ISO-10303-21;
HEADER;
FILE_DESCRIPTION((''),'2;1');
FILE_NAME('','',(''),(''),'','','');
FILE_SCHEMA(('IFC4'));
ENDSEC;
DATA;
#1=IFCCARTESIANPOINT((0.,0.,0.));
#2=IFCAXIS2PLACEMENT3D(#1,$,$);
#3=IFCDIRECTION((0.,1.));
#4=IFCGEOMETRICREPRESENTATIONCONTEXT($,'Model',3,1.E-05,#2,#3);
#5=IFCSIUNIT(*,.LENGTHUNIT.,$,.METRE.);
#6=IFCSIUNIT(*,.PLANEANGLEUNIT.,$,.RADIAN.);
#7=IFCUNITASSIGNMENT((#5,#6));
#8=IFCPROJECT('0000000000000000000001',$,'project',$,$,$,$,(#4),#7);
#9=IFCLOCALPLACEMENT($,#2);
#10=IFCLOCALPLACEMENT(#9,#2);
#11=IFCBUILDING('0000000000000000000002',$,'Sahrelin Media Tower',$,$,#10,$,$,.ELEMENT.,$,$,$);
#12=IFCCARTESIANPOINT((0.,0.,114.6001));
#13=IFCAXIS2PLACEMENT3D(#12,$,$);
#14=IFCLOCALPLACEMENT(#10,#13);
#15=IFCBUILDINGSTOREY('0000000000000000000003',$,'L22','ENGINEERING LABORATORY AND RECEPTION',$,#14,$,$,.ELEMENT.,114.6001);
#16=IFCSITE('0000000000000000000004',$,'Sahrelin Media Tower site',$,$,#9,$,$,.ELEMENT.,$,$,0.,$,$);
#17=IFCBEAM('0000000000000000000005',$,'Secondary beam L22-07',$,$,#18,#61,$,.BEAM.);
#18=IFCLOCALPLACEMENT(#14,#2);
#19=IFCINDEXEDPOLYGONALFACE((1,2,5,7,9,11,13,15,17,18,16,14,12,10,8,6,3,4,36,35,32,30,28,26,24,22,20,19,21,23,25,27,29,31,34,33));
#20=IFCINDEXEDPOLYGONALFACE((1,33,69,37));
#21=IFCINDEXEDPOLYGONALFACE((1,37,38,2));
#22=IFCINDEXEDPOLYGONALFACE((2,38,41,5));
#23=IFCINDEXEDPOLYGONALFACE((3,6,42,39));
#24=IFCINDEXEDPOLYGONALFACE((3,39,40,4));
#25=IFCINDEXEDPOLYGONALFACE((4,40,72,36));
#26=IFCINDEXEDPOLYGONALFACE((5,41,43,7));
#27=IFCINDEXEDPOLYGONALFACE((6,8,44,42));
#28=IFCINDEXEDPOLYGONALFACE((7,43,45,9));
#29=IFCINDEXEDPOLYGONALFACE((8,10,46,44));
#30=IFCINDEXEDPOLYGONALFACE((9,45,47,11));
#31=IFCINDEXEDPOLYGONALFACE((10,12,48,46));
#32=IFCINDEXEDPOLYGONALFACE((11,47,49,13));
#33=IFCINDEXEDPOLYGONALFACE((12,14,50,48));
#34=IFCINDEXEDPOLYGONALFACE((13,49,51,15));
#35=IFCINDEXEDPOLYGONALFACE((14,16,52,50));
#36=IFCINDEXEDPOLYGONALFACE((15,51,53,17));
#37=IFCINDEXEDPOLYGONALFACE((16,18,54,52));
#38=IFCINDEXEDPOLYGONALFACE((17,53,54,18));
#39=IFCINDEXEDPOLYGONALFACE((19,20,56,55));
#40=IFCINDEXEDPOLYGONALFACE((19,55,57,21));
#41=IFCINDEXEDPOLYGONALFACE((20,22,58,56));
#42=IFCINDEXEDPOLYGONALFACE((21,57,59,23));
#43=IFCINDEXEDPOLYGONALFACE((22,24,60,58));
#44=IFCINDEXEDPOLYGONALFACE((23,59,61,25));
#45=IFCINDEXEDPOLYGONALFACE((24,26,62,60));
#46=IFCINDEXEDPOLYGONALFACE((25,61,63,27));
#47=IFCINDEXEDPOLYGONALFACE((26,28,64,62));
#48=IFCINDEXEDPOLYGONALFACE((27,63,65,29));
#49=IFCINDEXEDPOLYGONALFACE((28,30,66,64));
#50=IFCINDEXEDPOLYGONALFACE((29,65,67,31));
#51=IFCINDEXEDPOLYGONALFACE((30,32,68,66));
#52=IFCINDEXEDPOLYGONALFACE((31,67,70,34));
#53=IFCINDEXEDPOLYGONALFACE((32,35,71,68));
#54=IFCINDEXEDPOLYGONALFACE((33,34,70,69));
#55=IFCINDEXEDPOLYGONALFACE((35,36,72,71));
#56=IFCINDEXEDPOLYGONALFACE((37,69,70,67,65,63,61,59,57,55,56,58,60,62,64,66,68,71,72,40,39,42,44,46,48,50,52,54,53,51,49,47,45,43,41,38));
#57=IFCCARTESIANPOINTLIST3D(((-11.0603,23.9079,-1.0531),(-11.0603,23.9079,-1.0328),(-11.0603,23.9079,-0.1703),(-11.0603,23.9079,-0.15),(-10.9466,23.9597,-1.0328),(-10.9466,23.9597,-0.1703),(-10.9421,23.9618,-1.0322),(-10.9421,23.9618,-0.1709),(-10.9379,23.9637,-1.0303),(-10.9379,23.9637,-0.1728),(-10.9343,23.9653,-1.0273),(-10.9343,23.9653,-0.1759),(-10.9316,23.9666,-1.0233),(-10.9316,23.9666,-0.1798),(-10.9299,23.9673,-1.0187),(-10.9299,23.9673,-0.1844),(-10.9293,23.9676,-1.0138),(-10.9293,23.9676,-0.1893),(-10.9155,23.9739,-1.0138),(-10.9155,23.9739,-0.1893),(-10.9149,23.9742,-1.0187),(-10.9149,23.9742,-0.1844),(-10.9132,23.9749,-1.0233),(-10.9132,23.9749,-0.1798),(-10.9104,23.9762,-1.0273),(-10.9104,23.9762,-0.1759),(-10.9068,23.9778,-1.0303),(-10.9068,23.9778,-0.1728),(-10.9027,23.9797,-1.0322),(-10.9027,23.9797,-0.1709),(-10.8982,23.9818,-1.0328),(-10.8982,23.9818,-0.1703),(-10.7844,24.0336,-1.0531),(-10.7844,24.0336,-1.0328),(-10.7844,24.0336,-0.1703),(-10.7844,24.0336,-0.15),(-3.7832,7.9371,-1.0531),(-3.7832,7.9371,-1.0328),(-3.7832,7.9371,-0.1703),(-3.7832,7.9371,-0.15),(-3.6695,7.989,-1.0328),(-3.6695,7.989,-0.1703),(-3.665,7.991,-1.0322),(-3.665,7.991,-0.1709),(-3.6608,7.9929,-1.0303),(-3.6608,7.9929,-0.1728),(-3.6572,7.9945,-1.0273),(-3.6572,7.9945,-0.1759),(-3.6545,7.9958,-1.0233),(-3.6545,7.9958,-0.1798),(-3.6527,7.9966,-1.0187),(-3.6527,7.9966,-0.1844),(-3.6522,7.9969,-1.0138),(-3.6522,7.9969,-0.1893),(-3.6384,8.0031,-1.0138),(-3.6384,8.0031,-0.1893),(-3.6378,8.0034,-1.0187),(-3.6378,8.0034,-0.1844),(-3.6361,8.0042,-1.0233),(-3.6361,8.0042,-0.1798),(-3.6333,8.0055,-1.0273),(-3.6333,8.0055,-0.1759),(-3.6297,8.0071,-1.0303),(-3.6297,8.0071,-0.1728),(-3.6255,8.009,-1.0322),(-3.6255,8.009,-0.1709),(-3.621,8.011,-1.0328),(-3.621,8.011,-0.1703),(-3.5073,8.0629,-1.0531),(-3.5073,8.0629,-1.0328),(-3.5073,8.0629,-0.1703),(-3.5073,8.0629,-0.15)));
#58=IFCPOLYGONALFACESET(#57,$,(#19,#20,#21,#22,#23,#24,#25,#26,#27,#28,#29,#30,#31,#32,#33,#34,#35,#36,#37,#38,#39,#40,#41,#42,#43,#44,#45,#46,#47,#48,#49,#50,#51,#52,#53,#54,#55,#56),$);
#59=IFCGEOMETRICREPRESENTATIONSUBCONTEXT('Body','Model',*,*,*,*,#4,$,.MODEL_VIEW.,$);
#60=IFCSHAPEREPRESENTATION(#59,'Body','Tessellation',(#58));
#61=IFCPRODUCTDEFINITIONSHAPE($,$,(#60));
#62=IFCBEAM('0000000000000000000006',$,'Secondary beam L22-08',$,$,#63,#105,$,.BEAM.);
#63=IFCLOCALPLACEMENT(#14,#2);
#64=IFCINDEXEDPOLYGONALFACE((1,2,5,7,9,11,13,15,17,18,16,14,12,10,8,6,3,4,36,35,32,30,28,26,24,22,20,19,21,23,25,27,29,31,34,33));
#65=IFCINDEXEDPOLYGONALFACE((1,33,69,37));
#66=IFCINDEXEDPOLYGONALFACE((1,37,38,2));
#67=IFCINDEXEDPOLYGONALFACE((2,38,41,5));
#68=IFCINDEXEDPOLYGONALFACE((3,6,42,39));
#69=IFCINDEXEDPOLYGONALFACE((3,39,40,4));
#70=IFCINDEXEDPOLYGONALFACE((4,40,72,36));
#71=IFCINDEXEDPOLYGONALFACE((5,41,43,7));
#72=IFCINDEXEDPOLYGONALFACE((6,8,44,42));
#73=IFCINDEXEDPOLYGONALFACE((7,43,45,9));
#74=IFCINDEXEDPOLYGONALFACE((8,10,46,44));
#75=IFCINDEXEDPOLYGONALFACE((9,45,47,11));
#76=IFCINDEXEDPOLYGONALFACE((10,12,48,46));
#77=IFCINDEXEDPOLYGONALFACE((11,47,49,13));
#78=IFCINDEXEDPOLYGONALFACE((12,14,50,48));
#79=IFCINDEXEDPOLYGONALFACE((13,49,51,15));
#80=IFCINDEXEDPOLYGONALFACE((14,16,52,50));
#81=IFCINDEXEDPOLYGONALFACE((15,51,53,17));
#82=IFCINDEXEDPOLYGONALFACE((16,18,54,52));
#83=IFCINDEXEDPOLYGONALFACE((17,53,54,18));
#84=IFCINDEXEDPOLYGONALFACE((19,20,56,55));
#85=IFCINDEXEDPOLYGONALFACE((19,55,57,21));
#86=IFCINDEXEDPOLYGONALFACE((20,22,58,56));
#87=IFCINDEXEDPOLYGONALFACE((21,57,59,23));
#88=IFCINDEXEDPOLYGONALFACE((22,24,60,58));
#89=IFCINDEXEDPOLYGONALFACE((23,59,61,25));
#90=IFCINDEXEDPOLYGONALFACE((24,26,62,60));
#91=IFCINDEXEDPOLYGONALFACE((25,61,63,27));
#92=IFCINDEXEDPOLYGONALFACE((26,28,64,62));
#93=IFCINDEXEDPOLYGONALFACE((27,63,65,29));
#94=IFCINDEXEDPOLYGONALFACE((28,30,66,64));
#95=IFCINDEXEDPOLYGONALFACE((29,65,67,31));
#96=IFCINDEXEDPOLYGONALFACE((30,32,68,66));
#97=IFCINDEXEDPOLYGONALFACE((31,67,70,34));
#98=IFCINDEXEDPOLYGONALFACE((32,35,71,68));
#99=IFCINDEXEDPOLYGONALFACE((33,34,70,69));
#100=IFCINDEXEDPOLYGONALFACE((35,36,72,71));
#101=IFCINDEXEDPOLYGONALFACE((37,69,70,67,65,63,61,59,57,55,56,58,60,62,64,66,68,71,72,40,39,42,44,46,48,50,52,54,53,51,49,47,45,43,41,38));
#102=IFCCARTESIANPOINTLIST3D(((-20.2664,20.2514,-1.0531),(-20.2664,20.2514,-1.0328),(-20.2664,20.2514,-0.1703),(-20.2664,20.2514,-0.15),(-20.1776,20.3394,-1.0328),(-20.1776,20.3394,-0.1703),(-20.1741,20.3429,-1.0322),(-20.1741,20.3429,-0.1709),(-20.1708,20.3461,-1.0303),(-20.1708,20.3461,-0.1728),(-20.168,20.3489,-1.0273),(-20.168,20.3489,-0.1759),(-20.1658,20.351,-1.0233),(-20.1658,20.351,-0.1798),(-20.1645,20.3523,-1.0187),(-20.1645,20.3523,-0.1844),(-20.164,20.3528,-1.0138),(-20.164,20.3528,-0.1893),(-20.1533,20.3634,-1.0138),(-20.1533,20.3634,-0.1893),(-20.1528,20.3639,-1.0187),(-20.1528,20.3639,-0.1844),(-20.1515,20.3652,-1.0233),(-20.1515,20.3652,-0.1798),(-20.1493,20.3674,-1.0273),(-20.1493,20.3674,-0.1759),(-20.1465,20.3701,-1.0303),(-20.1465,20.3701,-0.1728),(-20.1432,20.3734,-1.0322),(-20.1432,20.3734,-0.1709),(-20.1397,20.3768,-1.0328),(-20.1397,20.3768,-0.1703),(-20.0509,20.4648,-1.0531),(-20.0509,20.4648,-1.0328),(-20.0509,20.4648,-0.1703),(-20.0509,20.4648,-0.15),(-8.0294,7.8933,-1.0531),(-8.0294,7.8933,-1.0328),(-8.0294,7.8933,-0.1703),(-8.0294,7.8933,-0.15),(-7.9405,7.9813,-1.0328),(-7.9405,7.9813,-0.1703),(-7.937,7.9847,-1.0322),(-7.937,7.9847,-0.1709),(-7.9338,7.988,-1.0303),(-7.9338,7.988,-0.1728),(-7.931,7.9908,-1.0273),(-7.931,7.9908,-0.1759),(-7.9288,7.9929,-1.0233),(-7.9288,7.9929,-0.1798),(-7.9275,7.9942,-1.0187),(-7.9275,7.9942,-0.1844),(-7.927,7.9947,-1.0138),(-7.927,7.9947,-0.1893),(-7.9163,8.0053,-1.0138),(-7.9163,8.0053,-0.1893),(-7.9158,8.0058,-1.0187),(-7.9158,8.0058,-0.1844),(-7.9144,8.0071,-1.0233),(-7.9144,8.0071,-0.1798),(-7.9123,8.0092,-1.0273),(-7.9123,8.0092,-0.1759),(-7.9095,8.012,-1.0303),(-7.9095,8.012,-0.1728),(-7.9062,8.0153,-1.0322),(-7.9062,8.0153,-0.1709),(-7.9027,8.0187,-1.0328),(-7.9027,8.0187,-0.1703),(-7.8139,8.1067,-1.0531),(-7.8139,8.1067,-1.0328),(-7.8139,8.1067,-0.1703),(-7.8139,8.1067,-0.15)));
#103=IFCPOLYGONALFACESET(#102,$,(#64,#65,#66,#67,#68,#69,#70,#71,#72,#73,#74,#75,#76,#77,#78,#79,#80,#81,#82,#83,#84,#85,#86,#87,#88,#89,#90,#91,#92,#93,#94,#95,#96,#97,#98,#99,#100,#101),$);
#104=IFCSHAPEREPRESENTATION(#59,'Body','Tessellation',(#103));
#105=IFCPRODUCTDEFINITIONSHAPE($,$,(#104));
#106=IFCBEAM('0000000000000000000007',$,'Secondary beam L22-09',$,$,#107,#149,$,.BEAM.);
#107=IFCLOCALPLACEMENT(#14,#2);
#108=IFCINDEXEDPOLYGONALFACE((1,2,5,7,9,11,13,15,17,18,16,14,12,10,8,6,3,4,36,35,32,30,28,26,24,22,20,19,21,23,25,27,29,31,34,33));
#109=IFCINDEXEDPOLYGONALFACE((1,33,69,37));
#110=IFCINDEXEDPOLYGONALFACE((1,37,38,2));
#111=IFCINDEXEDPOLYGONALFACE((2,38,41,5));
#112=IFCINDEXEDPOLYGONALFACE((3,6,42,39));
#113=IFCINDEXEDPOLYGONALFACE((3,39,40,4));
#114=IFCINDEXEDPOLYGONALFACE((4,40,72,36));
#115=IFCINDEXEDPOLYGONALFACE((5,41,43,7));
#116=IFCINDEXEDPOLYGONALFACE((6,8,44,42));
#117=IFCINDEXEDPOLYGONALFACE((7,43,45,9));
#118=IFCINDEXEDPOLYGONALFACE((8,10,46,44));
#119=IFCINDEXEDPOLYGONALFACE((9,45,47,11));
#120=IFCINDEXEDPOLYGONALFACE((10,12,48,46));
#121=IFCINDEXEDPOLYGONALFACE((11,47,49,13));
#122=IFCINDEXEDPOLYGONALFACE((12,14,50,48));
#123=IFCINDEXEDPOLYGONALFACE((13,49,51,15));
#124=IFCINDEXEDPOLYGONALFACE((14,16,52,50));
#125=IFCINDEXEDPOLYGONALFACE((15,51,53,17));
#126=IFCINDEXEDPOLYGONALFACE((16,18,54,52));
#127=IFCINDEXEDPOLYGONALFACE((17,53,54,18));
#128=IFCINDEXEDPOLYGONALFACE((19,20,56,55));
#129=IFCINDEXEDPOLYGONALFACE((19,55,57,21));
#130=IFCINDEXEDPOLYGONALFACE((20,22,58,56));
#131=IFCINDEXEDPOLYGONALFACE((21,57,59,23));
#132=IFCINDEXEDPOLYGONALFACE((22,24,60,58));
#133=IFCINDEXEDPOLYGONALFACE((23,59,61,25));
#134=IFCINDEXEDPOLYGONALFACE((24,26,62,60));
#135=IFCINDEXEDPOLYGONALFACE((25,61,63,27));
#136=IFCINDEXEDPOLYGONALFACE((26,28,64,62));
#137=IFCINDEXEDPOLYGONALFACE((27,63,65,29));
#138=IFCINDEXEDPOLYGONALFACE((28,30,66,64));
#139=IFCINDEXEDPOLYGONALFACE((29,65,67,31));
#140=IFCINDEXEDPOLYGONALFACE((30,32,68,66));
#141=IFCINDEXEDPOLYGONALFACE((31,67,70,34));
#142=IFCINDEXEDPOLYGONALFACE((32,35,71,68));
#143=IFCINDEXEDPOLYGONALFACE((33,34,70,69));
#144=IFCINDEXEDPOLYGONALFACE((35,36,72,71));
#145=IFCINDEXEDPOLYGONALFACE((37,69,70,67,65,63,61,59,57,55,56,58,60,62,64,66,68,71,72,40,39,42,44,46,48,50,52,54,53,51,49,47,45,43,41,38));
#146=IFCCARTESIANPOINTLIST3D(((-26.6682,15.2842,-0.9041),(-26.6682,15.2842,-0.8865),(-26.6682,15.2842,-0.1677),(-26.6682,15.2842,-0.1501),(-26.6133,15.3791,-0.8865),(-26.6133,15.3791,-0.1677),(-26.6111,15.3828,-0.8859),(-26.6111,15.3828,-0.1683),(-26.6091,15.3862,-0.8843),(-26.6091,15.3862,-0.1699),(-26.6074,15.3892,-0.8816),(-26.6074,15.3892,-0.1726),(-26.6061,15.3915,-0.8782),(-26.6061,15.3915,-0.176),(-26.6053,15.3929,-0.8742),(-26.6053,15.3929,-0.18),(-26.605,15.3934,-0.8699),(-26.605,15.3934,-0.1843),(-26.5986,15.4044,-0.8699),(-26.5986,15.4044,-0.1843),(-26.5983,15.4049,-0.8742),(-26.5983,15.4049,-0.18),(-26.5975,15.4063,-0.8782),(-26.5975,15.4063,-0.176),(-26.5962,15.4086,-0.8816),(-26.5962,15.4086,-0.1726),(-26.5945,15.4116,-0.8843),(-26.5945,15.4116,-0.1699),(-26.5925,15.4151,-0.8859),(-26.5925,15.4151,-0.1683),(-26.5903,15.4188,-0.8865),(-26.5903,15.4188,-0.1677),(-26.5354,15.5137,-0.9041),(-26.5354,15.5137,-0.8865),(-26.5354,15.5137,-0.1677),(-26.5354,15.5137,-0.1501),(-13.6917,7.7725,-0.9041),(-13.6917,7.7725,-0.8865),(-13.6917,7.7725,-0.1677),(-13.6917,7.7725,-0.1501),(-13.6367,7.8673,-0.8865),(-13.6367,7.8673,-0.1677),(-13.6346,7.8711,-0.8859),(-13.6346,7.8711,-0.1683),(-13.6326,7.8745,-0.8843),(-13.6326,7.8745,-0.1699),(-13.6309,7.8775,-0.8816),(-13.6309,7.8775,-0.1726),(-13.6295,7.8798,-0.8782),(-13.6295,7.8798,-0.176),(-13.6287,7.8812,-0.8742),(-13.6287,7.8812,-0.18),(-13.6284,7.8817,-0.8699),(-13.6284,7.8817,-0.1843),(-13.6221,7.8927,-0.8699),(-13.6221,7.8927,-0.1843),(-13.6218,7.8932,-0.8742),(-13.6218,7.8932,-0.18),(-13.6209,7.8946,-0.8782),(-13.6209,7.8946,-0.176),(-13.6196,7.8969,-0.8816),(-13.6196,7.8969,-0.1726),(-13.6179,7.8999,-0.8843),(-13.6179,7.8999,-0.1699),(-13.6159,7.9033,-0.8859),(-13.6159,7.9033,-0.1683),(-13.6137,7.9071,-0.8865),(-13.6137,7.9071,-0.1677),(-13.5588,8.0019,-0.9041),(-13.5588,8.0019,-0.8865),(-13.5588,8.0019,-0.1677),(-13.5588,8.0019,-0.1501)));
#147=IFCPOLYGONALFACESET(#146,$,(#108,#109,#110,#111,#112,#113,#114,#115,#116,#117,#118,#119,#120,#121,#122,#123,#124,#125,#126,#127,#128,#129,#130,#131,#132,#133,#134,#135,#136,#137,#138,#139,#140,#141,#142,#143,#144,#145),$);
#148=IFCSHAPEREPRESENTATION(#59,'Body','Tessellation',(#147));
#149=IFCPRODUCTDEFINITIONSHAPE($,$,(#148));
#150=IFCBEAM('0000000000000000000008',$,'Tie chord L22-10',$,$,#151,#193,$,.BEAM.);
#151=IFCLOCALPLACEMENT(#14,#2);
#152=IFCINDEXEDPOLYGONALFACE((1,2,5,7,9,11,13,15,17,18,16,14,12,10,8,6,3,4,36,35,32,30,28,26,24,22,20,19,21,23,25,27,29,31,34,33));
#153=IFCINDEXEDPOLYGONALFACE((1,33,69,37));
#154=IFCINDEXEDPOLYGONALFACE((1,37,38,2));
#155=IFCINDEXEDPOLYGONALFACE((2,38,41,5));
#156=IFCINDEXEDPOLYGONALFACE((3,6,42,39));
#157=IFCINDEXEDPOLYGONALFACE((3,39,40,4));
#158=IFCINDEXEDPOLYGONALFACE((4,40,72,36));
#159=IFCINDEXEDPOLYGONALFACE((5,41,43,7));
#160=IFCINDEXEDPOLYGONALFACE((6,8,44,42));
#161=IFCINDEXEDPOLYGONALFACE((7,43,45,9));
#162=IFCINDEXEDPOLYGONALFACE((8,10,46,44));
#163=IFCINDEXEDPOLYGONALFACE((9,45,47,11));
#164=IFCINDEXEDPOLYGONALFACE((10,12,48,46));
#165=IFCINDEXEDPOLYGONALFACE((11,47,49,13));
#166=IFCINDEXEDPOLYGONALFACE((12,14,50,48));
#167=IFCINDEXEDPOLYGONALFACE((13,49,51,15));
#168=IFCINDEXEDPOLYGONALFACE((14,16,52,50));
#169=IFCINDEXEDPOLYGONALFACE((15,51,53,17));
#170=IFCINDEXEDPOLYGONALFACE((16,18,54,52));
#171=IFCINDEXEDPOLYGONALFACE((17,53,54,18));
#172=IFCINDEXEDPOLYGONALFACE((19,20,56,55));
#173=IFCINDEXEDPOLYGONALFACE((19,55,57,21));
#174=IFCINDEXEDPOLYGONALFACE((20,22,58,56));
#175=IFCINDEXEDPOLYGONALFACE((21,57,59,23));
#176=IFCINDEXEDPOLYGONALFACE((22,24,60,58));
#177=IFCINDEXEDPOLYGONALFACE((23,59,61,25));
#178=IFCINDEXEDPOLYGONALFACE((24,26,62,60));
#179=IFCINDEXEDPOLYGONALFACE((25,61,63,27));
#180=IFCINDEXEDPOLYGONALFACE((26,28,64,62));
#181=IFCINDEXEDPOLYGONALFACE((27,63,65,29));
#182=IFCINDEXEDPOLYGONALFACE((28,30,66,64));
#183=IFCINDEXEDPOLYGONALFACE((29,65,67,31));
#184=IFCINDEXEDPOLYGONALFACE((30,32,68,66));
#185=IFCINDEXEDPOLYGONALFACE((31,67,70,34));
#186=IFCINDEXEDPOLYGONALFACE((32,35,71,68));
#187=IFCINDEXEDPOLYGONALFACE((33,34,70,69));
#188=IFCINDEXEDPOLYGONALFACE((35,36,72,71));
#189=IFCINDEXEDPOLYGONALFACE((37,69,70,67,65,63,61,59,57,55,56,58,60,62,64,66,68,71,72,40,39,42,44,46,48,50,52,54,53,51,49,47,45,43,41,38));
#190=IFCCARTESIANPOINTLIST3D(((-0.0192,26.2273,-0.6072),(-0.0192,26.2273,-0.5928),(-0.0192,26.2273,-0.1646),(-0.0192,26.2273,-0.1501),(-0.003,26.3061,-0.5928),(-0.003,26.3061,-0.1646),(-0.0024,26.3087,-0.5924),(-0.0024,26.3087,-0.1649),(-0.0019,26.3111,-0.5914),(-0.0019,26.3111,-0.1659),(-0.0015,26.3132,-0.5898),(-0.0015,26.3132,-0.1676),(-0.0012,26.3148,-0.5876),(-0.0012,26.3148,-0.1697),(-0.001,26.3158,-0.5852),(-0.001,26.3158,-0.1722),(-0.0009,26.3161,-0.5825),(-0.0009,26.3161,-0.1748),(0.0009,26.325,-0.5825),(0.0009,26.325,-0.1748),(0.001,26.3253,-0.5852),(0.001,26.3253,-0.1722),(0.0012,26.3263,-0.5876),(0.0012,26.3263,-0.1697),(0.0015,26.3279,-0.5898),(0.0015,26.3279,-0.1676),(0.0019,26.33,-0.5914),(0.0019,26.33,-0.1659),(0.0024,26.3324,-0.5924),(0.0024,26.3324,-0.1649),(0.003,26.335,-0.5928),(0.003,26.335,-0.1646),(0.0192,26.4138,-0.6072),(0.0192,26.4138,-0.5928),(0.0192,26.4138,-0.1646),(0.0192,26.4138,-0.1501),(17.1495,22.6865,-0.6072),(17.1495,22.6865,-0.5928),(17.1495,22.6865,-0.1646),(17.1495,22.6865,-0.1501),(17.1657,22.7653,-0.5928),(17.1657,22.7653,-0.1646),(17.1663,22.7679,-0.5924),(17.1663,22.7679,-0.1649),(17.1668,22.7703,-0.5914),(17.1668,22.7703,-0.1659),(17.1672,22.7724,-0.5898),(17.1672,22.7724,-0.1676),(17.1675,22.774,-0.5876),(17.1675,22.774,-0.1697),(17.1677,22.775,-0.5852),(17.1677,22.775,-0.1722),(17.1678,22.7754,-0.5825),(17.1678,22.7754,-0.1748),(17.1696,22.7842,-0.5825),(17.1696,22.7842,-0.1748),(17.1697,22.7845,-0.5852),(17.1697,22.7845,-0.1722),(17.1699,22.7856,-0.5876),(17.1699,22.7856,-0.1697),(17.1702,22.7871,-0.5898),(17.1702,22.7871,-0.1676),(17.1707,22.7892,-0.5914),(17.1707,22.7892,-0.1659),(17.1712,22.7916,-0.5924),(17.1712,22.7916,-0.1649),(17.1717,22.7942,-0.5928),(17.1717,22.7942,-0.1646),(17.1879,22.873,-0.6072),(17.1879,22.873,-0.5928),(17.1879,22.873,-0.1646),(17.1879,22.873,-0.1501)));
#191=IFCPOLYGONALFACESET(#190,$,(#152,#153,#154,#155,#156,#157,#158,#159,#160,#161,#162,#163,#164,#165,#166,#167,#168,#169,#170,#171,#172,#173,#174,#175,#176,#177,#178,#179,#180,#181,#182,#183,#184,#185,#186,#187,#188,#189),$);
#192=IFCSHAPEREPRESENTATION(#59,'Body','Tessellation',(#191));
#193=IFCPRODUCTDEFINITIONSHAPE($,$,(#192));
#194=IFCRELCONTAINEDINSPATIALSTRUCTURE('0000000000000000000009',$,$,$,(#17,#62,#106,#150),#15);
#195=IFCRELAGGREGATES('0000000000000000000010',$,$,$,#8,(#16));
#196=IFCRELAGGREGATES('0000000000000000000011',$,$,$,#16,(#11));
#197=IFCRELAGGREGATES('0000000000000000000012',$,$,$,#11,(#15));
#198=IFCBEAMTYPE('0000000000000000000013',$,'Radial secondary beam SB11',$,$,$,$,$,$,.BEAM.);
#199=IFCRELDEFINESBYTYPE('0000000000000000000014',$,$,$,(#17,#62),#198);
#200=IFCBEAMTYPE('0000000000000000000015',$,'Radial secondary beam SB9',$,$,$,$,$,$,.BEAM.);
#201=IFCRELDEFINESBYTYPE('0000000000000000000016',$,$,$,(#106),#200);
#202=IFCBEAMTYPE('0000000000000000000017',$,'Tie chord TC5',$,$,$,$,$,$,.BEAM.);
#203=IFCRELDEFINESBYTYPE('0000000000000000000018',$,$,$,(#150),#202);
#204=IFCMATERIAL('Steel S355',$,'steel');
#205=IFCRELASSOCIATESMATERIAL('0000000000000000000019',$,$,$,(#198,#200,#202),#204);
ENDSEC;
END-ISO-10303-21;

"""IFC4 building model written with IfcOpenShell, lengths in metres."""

from ifc_helpers import new_model, si_unit, direction, frame, origin, origin_2d, place, context, subcontext, project, spatial, i_section, extrude, material, material_profile, profile_set, type_object, element, save


model = new_model("IFC4")

# Units and contexts
model_context = context("Model", 3, precision=1e-05, world=origin(), true_north=direction((0.0, 1.0)))
body_context = subcontext(model_context, "Body", "Model", "MODEL_VIEW")
ifc_project = project(units=[si_unit("LENGTHUNIT", "METRE"), si_unit("PLANEANGLEUNIT", "RADIAN")], contexts=[model_context])

# Site, building, storey
site_placement = place(None, origin())
site = spatial("IfcSite", under=ifc_project, at=site_placement, Name="Sahrelin Media Tower site", CompositionType="ELEMENT", RefElevation=0.0)
building_placement = place(site_placement, origin())
building = spatial("IfcBuilding", under=site, at=building_placement, Name="Sahrelin Media Tower", CompositionType="ELEMENT")
storey_placement = place(building_placement, frame((0.0, 0.0, 114.6001)))
storey = spatial("IfcBuildingStorey", under=building, at=storey_placement, Name="L22", Description="ENGINEERING LABORATORY AND RECEPTION", CompositionType="ELEMENT", Elevation=114.6001)

# Shared definitions
ifc_material_1 = material(Name="Steel S355", Category="steel")

# Beams
ifc_material_profile_1 = material_profile(ifc_material_1, i_section(OverallWidth=0.3032, OverallDepth=0.9031, WebThickness=0.0151, FlangeThickness=0.0203, FilletRadius=0.019, at=origin_2d()), Name="UB 914x305x201")
ifc_profile_set_1 = profile_set([ifc_material_profile_1], Name="Steel S355")
beam_type_1 = type_object("IfcBeamType", Name="Radial secondary beam SB11", PredefinedType="BEAM", material=ifc_profile_set_1)
beam_1_placement = place(storey_placement, frame((-3.6453, 8.0, -0.6016), z_axis=(-0.414638, 0.909986, 0.0), x_axis=(-0.909986, -0.414638, 0.0)))
element("IfcBeam", 1, at=beam_1_placement, inside=storey, type_object=beam_type_1, Name="Secondary beam L22-07", PredefinedType="BEAM", context=body_context, shape_type="SweptSolid", body=[
    extrude(i_section(OverallWidth=0.3032, OverallDepth=0.9031, WebThickness=0.0151, FlangeThickness=0.0203, FilletRadius=0.019, at=origin_2d()), origin(), (0.0, 0.0, 1.0), 17.5505),
])
beam_2_placement = place(storey_placement, frame((-7.9216, 8.0, -0.6016), z_axis=(-0.703617, 0.71058, 0.0), x_axis=(-0.71058, -0.703617, 0.0)))
element("IfcBeam", 2, at=beam_2_placement, inside=storey, type_object=beam_type_1, Name="Secondary beam L22-08", PredefinedType="BEAM", context=body_context, shape_type="SweptSolid", body=[
    extrude(i_section(OverallWidth=0.3032, OverallDepth=0.9031, WebThickness=0.0151, FlangeThickness=0.0203, FilletRadius=0.019, at=origin_2d()), origin(), (0.0, 0.0, 1.0), 17.3916),
])
ifc_material_profile_2 = material_profile(ifc_material_1, i_section(OverallWidth=0.2651, OverallDepth=0.7539, WebThickness=0.0127, FlangeThickness=0.0176, FilletRadius=0.0166, at=origin_2d()), Name="UB 762x267x147")
ifc_profile_set_2 = profile_set([ifc_material_profile_2], Name="Steel S355")
beam_type_2 = type_object("IfcBeamType", Name="Radial secondary beam SB9", PredefinedType="BEAM", material=ifc_profile_set_2)
beam_3_placement = place(storey_placement, frame((-13.6252, 7.8872, -0.5271), z_axis=(-0.865456, 0.500985, 0.0), x_axis=(-0.500985, -0.865456, 0.0)))
element("IfcBeam", 3, at=beam_3_placement, inside=storey, type_object=beam_type_2, Name="Secondary beam L22-09", PredefinedType="BEAM", context=body_context, shape_type="SweptSolid", body=[
    extrude(i_section(OverallWidth=0.2651, OverallDepth=0.7539, WebThickness=0.0127, FlangeThickness=0.0176, FilletRadius=0.0166, at=origin_2d()), origin(), (0.0, 0.0, 1.0), 14.9939),
])
ifc_material_profile_3 = material_profile(ifc_material_1, i_section(OverallWidth=0.1904, OverallDepth=0.457, WebThickness=0.009, FlangeThickness=0.0144, FilletRadius=0.0103, at=origin_2d()), Name="UB 457x191x74")
ifc_profile_set_3 = profile_set([ifc_material_profile_3], Name="Steel S355")
beam_type_3 = type_object("IfcBeamType", Name="Tie chord TC5", PredefinedType="BEAM", material=ifc_profile_set_3)
beam_4_placement = place(storey_placement, frame((0.0, 26.3206, -0.3787), z_axis=(0.979389, -0.201983, 0.0), x_axis=(0.201983, 0.979389, 0.0)))
element("IfcBeam", 4, at=beam_4_placement, inside=storey, type_object=beam_type_3, Name="Tie chord L22-10", PredefinedType="BEAM", context=body_context, shape_type="SweptSolid", body=[
    extrude(i_section(OverallWidth=0.1904, OverallDepth=0.457, WebThickness=0.009, FlangeThickness=0.0144, FilletRadius=0.0103, at=origin_2d()), origin(), (0.0, 0.0, 1.0), 17.53),
])

save(model, "model.ifc")
